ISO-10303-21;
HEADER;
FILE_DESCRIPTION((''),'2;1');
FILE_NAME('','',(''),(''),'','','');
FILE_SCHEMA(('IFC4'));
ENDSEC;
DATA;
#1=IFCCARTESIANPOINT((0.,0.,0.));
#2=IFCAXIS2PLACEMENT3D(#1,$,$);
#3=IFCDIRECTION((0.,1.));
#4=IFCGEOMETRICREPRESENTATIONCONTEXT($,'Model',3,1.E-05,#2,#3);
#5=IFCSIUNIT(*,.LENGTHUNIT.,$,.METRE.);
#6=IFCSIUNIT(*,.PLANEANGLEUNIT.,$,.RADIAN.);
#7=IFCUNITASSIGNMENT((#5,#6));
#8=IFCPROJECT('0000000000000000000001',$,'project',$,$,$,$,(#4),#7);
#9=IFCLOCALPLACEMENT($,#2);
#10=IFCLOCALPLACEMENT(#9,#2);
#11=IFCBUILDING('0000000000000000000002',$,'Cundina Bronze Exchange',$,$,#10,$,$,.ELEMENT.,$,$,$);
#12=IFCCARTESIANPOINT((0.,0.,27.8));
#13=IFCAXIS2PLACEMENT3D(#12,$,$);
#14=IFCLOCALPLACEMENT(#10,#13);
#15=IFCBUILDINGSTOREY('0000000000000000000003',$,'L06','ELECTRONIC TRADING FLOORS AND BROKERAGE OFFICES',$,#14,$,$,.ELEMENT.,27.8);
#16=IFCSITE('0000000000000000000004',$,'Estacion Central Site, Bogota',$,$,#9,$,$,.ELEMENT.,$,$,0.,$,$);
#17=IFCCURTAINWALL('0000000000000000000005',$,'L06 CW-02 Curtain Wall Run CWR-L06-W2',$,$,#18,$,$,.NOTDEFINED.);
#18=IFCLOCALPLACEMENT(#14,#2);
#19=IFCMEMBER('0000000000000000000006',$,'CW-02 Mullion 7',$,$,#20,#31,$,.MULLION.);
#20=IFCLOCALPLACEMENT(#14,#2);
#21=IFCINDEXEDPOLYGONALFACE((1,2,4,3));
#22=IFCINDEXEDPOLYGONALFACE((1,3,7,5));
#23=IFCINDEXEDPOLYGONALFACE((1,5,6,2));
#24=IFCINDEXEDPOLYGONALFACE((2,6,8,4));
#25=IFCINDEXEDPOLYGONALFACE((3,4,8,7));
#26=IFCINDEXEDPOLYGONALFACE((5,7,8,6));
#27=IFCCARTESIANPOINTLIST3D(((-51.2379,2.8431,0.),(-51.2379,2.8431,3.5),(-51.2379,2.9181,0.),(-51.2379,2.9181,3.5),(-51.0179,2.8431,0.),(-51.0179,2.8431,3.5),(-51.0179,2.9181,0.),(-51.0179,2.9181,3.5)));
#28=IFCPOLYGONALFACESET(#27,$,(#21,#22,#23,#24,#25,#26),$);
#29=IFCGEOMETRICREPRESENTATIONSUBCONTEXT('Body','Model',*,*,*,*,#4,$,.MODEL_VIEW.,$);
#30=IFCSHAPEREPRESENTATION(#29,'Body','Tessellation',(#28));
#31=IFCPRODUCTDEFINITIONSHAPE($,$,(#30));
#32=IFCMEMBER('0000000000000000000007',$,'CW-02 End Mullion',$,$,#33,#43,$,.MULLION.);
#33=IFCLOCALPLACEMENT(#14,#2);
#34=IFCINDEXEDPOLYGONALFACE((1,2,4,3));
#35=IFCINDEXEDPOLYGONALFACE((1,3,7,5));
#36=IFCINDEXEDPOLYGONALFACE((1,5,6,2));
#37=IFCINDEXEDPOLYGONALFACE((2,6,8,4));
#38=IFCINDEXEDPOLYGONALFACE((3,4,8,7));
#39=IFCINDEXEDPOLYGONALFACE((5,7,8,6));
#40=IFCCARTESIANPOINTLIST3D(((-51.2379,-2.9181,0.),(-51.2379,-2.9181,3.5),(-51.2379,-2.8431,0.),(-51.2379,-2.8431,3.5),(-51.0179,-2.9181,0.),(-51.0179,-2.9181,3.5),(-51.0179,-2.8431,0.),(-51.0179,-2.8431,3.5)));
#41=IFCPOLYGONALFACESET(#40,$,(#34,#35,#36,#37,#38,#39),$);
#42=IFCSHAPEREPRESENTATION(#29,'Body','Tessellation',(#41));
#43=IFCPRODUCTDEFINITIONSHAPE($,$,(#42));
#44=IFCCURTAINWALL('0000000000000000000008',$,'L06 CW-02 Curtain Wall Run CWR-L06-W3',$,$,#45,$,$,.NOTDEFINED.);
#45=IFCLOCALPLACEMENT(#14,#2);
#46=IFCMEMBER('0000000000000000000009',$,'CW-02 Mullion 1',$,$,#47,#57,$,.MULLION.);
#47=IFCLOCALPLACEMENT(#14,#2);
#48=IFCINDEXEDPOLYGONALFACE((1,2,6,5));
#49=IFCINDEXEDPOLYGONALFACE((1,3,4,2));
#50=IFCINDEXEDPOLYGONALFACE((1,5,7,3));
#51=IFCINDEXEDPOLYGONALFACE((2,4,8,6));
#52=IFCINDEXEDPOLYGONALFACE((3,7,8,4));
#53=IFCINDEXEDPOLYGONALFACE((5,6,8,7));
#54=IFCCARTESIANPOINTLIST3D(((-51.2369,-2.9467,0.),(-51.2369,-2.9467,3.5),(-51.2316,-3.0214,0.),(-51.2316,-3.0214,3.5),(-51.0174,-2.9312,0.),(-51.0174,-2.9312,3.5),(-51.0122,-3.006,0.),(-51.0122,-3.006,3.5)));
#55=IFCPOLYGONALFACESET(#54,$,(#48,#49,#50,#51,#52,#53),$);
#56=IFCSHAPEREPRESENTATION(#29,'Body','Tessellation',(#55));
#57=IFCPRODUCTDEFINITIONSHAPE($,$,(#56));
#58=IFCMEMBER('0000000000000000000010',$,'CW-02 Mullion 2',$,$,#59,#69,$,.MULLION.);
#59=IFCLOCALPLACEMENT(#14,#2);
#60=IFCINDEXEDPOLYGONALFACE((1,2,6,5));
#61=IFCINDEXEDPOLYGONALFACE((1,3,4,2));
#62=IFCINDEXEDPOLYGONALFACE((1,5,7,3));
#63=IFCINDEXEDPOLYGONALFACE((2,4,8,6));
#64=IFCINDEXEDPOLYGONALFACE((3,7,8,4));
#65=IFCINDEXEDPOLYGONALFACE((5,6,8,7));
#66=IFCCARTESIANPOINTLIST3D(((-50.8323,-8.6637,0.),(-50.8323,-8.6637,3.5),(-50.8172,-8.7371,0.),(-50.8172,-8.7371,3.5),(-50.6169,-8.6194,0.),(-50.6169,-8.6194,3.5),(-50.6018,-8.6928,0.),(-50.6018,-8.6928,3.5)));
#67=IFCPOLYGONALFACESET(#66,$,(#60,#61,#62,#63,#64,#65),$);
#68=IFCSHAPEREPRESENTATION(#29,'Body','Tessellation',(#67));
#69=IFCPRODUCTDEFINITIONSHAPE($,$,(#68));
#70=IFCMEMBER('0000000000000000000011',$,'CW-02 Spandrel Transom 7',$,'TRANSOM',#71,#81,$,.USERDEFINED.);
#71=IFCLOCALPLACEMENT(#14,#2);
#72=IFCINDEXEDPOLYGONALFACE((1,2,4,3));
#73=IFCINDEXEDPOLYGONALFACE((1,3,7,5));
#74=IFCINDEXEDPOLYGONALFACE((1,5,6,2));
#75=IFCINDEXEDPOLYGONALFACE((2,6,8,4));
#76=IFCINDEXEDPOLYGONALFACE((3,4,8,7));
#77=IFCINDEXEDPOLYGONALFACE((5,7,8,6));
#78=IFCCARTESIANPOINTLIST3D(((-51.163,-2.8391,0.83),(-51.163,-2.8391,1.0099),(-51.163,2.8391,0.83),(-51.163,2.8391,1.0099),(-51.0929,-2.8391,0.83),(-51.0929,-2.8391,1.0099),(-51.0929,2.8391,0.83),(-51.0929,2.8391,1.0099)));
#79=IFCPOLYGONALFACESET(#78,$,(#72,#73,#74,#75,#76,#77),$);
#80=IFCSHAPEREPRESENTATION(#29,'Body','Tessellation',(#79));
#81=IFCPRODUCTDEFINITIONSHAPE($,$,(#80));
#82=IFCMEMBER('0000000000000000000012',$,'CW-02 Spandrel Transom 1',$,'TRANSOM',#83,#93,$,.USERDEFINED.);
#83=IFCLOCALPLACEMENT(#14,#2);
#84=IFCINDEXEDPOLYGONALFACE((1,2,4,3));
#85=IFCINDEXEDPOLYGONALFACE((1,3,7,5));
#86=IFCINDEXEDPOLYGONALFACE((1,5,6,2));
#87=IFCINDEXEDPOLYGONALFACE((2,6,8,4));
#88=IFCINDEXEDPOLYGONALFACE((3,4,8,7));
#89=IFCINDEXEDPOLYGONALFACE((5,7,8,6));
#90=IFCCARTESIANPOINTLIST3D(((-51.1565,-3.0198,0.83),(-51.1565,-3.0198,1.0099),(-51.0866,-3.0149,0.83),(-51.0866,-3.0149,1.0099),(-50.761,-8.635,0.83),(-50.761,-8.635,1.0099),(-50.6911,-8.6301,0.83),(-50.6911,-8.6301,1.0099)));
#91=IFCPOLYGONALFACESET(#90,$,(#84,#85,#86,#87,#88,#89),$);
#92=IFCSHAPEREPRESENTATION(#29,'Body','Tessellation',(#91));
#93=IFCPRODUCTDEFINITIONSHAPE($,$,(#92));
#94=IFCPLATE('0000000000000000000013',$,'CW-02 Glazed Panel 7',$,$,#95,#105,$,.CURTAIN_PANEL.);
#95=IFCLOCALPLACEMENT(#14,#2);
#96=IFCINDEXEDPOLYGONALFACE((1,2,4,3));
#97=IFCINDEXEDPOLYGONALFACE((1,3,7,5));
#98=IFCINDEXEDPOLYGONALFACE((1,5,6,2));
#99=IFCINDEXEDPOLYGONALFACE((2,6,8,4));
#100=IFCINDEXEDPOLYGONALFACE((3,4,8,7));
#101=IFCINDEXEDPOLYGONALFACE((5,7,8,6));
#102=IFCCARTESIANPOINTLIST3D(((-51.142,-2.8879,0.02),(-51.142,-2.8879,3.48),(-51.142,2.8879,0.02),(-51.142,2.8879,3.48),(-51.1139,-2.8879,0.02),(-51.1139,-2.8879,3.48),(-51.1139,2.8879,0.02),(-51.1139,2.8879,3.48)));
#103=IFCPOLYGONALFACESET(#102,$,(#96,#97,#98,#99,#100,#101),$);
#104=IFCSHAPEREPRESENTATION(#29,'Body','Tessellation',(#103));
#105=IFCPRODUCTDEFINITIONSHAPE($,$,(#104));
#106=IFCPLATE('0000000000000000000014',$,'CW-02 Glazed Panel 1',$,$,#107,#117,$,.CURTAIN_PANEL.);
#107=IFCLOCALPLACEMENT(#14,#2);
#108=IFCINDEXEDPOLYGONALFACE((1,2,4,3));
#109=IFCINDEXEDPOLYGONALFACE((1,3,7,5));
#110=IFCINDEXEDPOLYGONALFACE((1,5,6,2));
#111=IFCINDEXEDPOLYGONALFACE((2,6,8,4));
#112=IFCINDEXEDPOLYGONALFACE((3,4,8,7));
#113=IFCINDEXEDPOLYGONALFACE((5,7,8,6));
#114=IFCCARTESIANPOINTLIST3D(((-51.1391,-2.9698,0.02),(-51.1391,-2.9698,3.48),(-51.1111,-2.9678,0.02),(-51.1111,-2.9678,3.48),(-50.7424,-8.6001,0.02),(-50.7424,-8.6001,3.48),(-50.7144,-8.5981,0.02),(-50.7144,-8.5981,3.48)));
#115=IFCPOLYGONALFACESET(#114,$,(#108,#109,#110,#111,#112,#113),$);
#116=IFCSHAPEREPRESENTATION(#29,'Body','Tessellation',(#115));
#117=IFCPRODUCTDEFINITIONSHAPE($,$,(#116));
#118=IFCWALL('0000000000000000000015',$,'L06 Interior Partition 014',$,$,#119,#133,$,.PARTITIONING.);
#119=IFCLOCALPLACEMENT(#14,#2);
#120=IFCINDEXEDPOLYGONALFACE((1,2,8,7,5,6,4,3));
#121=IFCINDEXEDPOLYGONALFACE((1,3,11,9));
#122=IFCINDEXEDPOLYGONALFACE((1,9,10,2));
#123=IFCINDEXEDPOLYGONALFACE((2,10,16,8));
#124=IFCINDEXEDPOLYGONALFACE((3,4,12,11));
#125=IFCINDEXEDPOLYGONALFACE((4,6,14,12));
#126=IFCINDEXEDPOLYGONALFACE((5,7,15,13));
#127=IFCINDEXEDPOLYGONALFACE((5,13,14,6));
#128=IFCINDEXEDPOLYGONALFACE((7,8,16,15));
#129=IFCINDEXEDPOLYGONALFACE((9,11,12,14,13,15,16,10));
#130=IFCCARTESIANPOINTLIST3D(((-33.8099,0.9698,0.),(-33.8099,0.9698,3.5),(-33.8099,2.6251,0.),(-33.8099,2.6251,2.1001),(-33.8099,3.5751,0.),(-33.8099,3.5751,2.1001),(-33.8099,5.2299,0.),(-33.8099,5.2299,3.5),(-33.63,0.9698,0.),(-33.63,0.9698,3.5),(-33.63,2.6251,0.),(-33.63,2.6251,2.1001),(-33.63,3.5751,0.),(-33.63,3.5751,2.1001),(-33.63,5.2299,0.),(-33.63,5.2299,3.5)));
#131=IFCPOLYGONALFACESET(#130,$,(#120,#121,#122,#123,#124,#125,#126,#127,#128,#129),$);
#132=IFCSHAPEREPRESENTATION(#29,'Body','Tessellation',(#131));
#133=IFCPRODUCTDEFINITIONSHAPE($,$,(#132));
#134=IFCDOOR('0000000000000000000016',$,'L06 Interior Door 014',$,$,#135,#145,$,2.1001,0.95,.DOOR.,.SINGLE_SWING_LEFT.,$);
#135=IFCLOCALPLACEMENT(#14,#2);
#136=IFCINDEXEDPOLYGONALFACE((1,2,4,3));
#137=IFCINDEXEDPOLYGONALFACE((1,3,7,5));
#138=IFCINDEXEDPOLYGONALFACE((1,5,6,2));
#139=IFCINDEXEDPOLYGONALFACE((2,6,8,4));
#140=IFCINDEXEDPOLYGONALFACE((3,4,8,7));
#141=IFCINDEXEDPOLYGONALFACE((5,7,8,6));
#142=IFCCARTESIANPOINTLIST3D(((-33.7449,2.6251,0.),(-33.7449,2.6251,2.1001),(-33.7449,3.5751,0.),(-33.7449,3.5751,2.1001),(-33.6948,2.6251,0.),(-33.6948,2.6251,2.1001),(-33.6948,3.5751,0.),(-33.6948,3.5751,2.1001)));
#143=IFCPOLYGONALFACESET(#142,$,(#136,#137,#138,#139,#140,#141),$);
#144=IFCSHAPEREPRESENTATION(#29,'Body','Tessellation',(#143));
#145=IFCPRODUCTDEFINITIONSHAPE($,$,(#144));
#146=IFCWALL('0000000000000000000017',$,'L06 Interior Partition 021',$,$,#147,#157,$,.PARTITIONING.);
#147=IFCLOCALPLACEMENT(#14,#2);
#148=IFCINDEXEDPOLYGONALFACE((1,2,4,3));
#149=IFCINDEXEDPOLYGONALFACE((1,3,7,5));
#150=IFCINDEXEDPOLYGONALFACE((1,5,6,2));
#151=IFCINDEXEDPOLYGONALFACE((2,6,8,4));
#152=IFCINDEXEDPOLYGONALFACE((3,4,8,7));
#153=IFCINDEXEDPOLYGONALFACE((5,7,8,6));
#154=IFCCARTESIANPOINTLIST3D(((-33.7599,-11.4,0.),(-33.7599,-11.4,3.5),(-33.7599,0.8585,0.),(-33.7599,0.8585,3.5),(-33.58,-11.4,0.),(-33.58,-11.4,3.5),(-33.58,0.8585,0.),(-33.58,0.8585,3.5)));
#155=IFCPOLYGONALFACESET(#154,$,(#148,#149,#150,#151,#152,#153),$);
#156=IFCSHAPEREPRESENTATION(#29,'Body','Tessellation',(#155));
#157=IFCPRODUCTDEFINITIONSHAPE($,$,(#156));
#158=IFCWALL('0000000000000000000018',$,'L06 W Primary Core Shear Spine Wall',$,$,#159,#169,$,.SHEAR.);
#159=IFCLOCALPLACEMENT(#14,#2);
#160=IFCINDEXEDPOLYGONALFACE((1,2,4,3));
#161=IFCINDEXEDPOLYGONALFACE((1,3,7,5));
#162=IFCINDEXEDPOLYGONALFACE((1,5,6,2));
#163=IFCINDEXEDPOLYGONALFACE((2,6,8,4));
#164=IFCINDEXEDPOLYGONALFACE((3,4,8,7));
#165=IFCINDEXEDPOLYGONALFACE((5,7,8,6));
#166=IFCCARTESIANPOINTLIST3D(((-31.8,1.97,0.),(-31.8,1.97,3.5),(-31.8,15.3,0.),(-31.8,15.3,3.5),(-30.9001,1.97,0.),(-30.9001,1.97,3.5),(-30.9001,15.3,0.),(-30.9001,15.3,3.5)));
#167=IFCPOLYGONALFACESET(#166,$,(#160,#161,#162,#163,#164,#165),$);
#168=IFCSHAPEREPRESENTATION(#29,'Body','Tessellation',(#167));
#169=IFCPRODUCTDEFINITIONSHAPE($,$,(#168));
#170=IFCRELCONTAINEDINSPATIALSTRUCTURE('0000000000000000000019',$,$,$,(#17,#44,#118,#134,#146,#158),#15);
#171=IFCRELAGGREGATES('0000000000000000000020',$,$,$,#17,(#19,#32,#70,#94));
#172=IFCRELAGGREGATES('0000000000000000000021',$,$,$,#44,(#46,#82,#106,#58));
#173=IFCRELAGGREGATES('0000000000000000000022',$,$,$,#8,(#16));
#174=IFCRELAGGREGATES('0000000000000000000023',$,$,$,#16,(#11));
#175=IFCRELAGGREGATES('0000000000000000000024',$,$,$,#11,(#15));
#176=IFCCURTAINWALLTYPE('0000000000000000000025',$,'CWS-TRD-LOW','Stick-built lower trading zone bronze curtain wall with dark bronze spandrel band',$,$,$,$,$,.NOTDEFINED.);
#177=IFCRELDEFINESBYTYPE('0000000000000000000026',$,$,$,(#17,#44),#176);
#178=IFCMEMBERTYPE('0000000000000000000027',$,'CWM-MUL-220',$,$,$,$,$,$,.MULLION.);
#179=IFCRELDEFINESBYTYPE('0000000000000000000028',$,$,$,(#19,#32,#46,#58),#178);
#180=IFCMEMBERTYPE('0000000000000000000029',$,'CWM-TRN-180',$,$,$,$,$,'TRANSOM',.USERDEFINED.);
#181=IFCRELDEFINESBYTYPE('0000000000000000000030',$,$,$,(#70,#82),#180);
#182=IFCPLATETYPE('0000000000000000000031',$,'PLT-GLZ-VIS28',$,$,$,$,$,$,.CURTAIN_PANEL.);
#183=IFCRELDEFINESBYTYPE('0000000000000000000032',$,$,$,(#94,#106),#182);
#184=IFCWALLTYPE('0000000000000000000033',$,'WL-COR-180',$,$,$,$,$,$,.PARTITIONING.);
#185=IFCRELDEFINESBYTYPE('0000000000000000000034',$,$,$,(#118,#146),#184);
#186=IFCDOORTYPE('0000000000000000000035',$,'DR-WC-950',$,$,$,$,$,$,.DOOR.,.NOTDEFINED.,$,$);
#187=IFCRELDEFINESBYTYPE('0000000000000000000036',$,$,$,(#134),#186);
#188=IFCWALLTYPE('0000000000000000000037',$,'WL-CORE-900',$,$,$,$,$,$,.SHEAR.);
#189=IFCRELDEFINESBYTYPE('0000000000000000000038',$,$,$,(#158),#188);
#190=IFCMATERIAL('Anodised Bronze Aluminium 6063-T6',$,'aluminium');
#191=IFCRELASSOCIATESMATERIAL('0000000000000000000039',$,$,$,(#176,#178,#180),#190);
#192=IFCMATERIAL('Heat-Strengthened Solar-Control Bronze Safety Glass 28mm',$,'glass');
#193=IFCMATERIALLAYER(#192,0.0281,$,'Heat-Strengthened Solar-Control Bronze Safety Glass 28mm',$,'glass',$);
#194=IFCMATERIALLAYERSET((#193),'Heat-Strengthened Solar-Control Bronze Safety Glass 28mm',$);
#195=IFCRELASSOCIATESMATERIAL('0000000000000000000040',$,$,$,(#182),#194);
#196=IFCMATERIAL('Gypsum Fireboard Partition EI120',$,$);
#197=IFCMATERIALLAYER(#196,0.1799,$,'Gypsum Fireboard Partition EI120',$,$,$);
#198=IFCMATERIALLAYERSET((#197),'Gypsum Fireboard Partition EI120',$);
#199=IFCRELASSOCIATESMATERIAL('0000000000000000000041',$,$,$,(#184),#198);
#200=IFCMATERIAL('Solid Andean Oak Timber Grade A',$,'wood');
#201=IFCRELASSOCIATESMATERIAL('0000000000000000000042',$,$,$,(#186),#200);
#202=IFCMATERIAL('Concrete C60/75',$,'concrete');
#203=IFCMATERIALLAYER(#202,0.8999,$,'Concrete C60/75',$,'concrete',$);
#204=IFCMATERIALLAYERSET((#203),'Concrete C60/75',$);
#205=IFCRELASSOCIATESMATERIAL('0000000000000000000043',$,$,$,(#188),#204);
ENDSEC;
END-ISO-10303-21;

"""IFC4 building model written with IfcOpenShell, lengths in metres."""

from ifc_helpers import new_model, si_unit, direction, frame, frame_2d, origin, origin_2d, place, context, subcontext, project, spatial, rectangle, extrude, material, layer, layer_set, material_profile, profile_set, type_object, element, fill, aggregate, save


model = new_model("IFC4")

# Units and contexts
model_context = context("Model", 3, precision=1e-05, world=origin(), true_north=direction((0.0, 1.0)))
body_context = subcontext(model_context, "Body", "Model", "MODEL_VIEW")
ifc_project = project(units=[si_unit("LENGTHUNIT", "METRE"), si_unit("PLANEANGLEUNIT", "RADIAN")], contexts=[model_context])

# Site, building, storey
site_placement = place(None, origin())
site = spatial("IfcSite", under=ifc_project, at=site_placement, Name="Estacion Central Site, Bogota", CompositionType="ELEMENT", RefElevation=0.0)
building_placement = place(site_placement, origin())
building = spatial("IfcBuilding", under=site, at=building_placement, Name="Cundina Bronze Exchange", CompositionType="ELEMENT")
storey_placement = place(building_placement, frame((0.0, 0.0, 27.8)))
storey = spatial("IfcBuildingStorey", under=building, at=storey_placement, Name="L06", Description="ELECTRONIC TRADING FLOORS AND BROKERAGE OFFICES", CompositionType="ELEMENT", Elevation=27.8)

# Shared definitions
ifc_material_1 = material(Name="Concrete C60/75", Category="concrete")

# Curtain walls, members
ifc_material_2 = material(Name="Anodised Bronze Aluminium 6063-T6", Category="aluminium")
curtain_wall_type = type_object("IfcCurtainWallType", Name="CWS-TRD-LOW", Description="Stick-built lower trading zone bronze curtain wall with dark bronze spandrel band", PredefinedType="NOTDEFINED", material=ifc_material_2)
curtain_wall_1_placement = place(storey_placement, origin())
curtain_wall_1 = element("IfcCurtainWall", 1, at=curtain_wall_1_placement, inside=storey, type_object=curtain_wall_type, Name="L06 CW-02 Curtain Wall Run CWR-L06-W2", PredefinedType="NOTDEFINED")
ifc_material_profile_1 = material_profile(ifc_material_2, rectangle(XDim=0.075, YDim=0.22, at=origin_2d()), Name="AL75X220", Category="aluminium")
ifc_profile_set_1 = profile_set([ifc_material_profile_1], Name="Anodised Bronze Aluminium 6063-T6")
member_type_1 = type_object("IfcMemberType", Name="CWM-MUL-220", PredefinedType="MULLION", material=ifc_profile_set_1)
member_1_placement = place(storey_placement, frame((-51.1279, 2.8806, 0.0), z_axis=(0.0, 0.0, 1.0), x_axis=(0.0, -1.0, 0.0)))
member_1 = element("IfcMember", 2, at=member_1_placement, type_object=member_type_1, Name="CW-02 Mullion 7", PredefinedType="MULLION", context=body_context, shape_type="SweptSolid", body=[
    extrude(rectangle(XDim=0.075, YDim=0.22, at=origin_2d()), origin(), (0.0, 0.0, 1.0), 3.5),
])
member_2_placement = place(storey_placement, frame((-51.1279, -2.8806, 0.0), z_axis=(0.0, 0.0, 1.0), x_axis=(0.0, -1.0, 0.0)))
member_2 = element("IfcMember", 3, at=member_2_placement, type_object=member_type_1, Name="CW-02 End Mullion", PredefinedType="MULLION", context=body_context, shape_type="SweptSolid", body=[
    extrude(rectangle(XDim=0.075, YDim=0.22, at=origin_2d()), origin(), (0.0, 0.0, 1.0), 3.5),
])
curtain_wall_2_placement = place(storey_placement, origin())
curtain_wall_2 = element("IfcCurtainWall", 4, at=curtain_wall_2_placement, inside=storey, type_object=curtain_wall_type, Name="L06 CW-02 Curtain Wall Run CWR-L06-W3", PredefinedType="NOTDEFINED")
member_3_placement = place(storey_placement, frame((-51.1245, -2.9763, 0.0), z_axis=(0.0, 0.0, 1.0), x_axis=(0.070279, -0.997527, 0.0)))
member_3 = element("IfcMember", 5, at=member_3_placement, type_object=member_type_1, Name="CW-02 Mullion 1", PredefinedType="MULLION", context=body_context, shape_type="SweptSolid", body=[
    extrude(rectangle(XDim=0.075, YDim=0.22, at=origin_2d()), origin(), (0.0, 0.0, 1.0), 3.5),
])
member_4_placement = place(storey_placement, frame((-50.717, -8.6782, 0.0), z_axis=(0.0, 0.0, 1.0), x_axis=(0.20142, -0.979505, 0.0)))
member_4 = element("IfcMember", 6, at=member_4_placement, type_object=member_type_1, Name="CW-02 Mullion 2", PredefinedType="MULLION", context=body_context, shape_type="SweptSolid", body=[
    extrude(rectangle(XDim=0.075, YDim=0.22, at=origin_2d()), origin(), (0.0, 0.0, 1.0), 3.5),
])

# Members
ifc_material_profile_2 = material_profile(ifc_material_2, rectangle(XDim=0.0701, YDim=0.1799, at=origin_2d()), Name="AL70X180", Category="aluminium")
ifc_profile_set_2 = profile_set([ifc_material_profile_2], Name="Anodised Bronze Aluminium 6063-T6")
member_type_2 = type_object("IfcMemberType", Name="CWM-TRN-180", ElementType="TRANSOM", PredefinedType="USERDEFINED", material=ifc_profile_set_2)
member_5_placement = place(storey_placement, frame((-51.1279, 2.8391, 0.9199), z_axis=(0.0, -1.0, 0.0), x_axis=(1.0, 0.0, 0.0)))
member_5 = element("IfcMember", 7, at=member_5_placement, type_object=member_type_2, Name="CW-02 Spandrel Transom 7", ObjectType="TRANSOM", PredefinedType="USERDEFINED", context=body_context, shape_type="SweptSolid", body=[
    extrude(rectangle(XDim=0.0701, YDim=0.1799, at=origin_2d()), origin(), (0.0, 0.0, 1.0), 5.6782),
])
member_6_placement = place(storey_placement, frame((-51.1216, -3.0173, 0.9199), z_axis=(0.070261, -0.997529, 0.0), x_axis=(0.997529, 0.070261, 0.0)))
member_6 = element("IfcMember", 8, at=member_6_placement, type_object=member_type_2, Name="CW-02 Spandrel Transom 1", ObjectType="TRANSOM", PredefinedType="USERDEFINED", context=body_context, shape_type="SweptSolid", body=[
    extrude(rectangle(XDim=0.0701, YDim=0.1799, at=origin_2d()), origin(), (0.0, 0.0, 1.0), 5.6292),
])

# Plates
ifc_material_3 = material(Name="Heat-Strengthened Solar-Control Bronze Safety Glass 28mm", Category="glass")
ifc_layer_1 = layer(ifc_material_3, 0.0281, Name="Heat-Strengthened Solar-Control Bronze Safety Glass 28mm", Category="glass")
ifc_layer_set_1 = layer_set([ifc_layer_1], Name="Heat-Strengthened Solar-Control Bronze Safety Glass 28mm")
plate_type = type_object("IfcPlateType", Name="PLT-GLZ-VIS28", PredefinedType="CURTAIN_PANEL", material=ifc_layer_set_1)
plate_1_placement = place(storey_placement, frame((-51.1279, 0.0, 0.02), z_axis=(0.0, 0.0, 1.0), x_axis=(0.0, -1.0, 0.0)))
plate_1 = element("IfcPlate", 9, at=plate_1_placement, type_object=plate_type, Name="CW-02 Glazed Panel 7", PredefinedType="CURTAIN_PANEL", context=body_context, shape_type="SweptSolid", body=[
    extrude(rectangle(XDim=5.7759, YDim=0.0281, at=origin_2d()), origin(), (0.0, 0.0, 1.0), 3.46),
])
aggregate(curtain_wall_1, [member_1, member_2, member_5, plate_1])
plate_2_placement = place(storey_placement, frame((-50.9268, -5.7839, 0.02), z_axis=(0.0, 0.0, 1.0), x_axis=(0.070279, -0.997527, 0.0)))
plate_2 = element("IfcPlate", 10, at=plate_2_placement, type_object=plate_type, Name="CW-02 Glazed Panel 1", PredefinedType="CURTAIN_PANEL", context=body_context, shape_type="SweptSolid", body=[
    extrude(rectangle(XDim=5.6443, YDim=0.0281, at=origin_2d()), origin(), (0.0, 0.0, 1.0), 3.46),
])
aggregate(curtain_wall_2, [member_3, member_6, plate_2, member_4])

# Wall, opening, door
ifc_material_4 = material(Name="Gypsum Fireboard Partition EI120")
ifc_layer_2 = layer(ifc_material_4, 0.1799, Name="Gypsum Fireboard Partition EI120")
ifc_layer_set_2 = layer_set([ifc_layer_2], Name="Gypsum Fireboard Partition EI120")
wall_type_1 = type_object("IfcWallType", Name="WL-COR-180", PredefinedType="PARTITIONING", material=ifc_layer_set_2)
wall_1_placement = place(storey_placement, frame((-33.72, 0.97, 0.0), z_axis=(0.0, 0.0, 1.0), x_axis=(0.0, 1.0, 0.0)))
wall_1 = element("IfcWall", 11, at=wall_1_placement, inside=storey, type_object=wall_type_1, Name="L06 Interior Partition 014", PredefinedType="PARTITIONING", context=body_context, shape_type="SweptSolid", body=[
    extrude(rectangle(XDim=4.26, YDim=0.1799, at=frame_2d((2.1299, 0.0))), origin(), (0.0, 0.0, 1.0), 3.5),
])
opening_1_placement = place(wall_1_placement, frame((1.655, 0.0, 0.0)))
opening_1 = element("IfcOpeningElement", 12, at=opening_1_placement, cuts=wall_1, PredefinedType="OPENING", context=body_context, shape_type="SweptSolid", body=[
    extrude(rectangle(XDim=0.95, YDim=2.1001, at=frame_2d((0.4751, 1.05))), frame((0.0, 0.0999, 0.0), z_axis=(0.0, -1.0, 0.0), x_axis=(1.0, 0.0, 0.0)), (0.0, 0.0, 1.0), 0.2),
])
ifc_material_5 = material(Name="Solid Andean Oak Timber Grade A", Category="wood")
door_type_1 = type_object("IfcDoorType", Name="DR-WC-950", OperationType="NOTDEFINED", PredefinedType="DOOR", material=ifc_material_5)
door_1_placement = place(opening_1_placement, origin())
door_1 = element("IfcDoor", 13, at=door_1_placement, inside=storey, type_object=door_type_1, Name="L06 Interior Door 014", OperationType="SINGLE_SWING_LEFT", OverallHeight=2.1001, OverallWidth=0.95, PredefinedType="DOOR", context=body_context, shape_type="SweptSolid", body=[
    extrude(rectangle(XDim=0.95, YDim=2.1001, at=frame_2d((0.4751, 1.05))), frame((0.0, 0.0249, 0.0), z_axis=(0.0, -1.0, 0.0), x_axis=(1.0, 0.0, 0.0)), (0.0, 0.0, 1.0), 0.05),
])
fill(opening_1, door_1)

# Walls
wall_2_placement = place(storey_placement, frame((-33.6699, 0.8586, 0.0), z_axis=(0.0, 0.0, 1.0), x_axis=(0.0, -1.0, 0.0)))
element("IfcWall", 14, at=wall_2_placement, inside=storey, type_object=wall_type_1, Name="L06 Interior Partition 021", PredefinedType="PARTITIONING", context=body_context, shape_type="SweptSolid", body=[
    extrude(rectangle(XDim=12.2585, YDim=0.1799, at=frame_2d((6.1294, 0.0))), origin(), (0.0, 0.0, 1.0), 3.5),
])
ifc_layer_3 = layer(ifc_material_1, 0.8999, Name="Concrete C60/75", Category="concrete")
ifc_layer_set_3 = layer_set([ifc_layer_3], Name="Concrete C60/75")
wall_type_2 = type_object("IfcWallType", Name="WL-CORE-900", PredefinedType="SHEAR", material=ifc_layer_set_3)
wall_3_placement = place(storey_placement, frame((-31.3501, 1.97, 0.0), z_axis=(0.0, 0.0, 1.0), x_axis=(0.0, 1.0, 0.0)))
element("IfcWall", 15, at=wall_3_placement, inside=storey, type_object=wall_type_2, Name="L06 W Primary Core Shear Spine Wall", PredefinedType="SHEAR", context=body_context, shape_type="SweptSolid", body=[
    extrude(rectangle(XDim=13.3301, YDim=0.8999, at=frame_2d((6.665, 0.0))), origin(), (0.0, 0.0, 1.0), 3.5),
])

save(model, "model.ifc")
